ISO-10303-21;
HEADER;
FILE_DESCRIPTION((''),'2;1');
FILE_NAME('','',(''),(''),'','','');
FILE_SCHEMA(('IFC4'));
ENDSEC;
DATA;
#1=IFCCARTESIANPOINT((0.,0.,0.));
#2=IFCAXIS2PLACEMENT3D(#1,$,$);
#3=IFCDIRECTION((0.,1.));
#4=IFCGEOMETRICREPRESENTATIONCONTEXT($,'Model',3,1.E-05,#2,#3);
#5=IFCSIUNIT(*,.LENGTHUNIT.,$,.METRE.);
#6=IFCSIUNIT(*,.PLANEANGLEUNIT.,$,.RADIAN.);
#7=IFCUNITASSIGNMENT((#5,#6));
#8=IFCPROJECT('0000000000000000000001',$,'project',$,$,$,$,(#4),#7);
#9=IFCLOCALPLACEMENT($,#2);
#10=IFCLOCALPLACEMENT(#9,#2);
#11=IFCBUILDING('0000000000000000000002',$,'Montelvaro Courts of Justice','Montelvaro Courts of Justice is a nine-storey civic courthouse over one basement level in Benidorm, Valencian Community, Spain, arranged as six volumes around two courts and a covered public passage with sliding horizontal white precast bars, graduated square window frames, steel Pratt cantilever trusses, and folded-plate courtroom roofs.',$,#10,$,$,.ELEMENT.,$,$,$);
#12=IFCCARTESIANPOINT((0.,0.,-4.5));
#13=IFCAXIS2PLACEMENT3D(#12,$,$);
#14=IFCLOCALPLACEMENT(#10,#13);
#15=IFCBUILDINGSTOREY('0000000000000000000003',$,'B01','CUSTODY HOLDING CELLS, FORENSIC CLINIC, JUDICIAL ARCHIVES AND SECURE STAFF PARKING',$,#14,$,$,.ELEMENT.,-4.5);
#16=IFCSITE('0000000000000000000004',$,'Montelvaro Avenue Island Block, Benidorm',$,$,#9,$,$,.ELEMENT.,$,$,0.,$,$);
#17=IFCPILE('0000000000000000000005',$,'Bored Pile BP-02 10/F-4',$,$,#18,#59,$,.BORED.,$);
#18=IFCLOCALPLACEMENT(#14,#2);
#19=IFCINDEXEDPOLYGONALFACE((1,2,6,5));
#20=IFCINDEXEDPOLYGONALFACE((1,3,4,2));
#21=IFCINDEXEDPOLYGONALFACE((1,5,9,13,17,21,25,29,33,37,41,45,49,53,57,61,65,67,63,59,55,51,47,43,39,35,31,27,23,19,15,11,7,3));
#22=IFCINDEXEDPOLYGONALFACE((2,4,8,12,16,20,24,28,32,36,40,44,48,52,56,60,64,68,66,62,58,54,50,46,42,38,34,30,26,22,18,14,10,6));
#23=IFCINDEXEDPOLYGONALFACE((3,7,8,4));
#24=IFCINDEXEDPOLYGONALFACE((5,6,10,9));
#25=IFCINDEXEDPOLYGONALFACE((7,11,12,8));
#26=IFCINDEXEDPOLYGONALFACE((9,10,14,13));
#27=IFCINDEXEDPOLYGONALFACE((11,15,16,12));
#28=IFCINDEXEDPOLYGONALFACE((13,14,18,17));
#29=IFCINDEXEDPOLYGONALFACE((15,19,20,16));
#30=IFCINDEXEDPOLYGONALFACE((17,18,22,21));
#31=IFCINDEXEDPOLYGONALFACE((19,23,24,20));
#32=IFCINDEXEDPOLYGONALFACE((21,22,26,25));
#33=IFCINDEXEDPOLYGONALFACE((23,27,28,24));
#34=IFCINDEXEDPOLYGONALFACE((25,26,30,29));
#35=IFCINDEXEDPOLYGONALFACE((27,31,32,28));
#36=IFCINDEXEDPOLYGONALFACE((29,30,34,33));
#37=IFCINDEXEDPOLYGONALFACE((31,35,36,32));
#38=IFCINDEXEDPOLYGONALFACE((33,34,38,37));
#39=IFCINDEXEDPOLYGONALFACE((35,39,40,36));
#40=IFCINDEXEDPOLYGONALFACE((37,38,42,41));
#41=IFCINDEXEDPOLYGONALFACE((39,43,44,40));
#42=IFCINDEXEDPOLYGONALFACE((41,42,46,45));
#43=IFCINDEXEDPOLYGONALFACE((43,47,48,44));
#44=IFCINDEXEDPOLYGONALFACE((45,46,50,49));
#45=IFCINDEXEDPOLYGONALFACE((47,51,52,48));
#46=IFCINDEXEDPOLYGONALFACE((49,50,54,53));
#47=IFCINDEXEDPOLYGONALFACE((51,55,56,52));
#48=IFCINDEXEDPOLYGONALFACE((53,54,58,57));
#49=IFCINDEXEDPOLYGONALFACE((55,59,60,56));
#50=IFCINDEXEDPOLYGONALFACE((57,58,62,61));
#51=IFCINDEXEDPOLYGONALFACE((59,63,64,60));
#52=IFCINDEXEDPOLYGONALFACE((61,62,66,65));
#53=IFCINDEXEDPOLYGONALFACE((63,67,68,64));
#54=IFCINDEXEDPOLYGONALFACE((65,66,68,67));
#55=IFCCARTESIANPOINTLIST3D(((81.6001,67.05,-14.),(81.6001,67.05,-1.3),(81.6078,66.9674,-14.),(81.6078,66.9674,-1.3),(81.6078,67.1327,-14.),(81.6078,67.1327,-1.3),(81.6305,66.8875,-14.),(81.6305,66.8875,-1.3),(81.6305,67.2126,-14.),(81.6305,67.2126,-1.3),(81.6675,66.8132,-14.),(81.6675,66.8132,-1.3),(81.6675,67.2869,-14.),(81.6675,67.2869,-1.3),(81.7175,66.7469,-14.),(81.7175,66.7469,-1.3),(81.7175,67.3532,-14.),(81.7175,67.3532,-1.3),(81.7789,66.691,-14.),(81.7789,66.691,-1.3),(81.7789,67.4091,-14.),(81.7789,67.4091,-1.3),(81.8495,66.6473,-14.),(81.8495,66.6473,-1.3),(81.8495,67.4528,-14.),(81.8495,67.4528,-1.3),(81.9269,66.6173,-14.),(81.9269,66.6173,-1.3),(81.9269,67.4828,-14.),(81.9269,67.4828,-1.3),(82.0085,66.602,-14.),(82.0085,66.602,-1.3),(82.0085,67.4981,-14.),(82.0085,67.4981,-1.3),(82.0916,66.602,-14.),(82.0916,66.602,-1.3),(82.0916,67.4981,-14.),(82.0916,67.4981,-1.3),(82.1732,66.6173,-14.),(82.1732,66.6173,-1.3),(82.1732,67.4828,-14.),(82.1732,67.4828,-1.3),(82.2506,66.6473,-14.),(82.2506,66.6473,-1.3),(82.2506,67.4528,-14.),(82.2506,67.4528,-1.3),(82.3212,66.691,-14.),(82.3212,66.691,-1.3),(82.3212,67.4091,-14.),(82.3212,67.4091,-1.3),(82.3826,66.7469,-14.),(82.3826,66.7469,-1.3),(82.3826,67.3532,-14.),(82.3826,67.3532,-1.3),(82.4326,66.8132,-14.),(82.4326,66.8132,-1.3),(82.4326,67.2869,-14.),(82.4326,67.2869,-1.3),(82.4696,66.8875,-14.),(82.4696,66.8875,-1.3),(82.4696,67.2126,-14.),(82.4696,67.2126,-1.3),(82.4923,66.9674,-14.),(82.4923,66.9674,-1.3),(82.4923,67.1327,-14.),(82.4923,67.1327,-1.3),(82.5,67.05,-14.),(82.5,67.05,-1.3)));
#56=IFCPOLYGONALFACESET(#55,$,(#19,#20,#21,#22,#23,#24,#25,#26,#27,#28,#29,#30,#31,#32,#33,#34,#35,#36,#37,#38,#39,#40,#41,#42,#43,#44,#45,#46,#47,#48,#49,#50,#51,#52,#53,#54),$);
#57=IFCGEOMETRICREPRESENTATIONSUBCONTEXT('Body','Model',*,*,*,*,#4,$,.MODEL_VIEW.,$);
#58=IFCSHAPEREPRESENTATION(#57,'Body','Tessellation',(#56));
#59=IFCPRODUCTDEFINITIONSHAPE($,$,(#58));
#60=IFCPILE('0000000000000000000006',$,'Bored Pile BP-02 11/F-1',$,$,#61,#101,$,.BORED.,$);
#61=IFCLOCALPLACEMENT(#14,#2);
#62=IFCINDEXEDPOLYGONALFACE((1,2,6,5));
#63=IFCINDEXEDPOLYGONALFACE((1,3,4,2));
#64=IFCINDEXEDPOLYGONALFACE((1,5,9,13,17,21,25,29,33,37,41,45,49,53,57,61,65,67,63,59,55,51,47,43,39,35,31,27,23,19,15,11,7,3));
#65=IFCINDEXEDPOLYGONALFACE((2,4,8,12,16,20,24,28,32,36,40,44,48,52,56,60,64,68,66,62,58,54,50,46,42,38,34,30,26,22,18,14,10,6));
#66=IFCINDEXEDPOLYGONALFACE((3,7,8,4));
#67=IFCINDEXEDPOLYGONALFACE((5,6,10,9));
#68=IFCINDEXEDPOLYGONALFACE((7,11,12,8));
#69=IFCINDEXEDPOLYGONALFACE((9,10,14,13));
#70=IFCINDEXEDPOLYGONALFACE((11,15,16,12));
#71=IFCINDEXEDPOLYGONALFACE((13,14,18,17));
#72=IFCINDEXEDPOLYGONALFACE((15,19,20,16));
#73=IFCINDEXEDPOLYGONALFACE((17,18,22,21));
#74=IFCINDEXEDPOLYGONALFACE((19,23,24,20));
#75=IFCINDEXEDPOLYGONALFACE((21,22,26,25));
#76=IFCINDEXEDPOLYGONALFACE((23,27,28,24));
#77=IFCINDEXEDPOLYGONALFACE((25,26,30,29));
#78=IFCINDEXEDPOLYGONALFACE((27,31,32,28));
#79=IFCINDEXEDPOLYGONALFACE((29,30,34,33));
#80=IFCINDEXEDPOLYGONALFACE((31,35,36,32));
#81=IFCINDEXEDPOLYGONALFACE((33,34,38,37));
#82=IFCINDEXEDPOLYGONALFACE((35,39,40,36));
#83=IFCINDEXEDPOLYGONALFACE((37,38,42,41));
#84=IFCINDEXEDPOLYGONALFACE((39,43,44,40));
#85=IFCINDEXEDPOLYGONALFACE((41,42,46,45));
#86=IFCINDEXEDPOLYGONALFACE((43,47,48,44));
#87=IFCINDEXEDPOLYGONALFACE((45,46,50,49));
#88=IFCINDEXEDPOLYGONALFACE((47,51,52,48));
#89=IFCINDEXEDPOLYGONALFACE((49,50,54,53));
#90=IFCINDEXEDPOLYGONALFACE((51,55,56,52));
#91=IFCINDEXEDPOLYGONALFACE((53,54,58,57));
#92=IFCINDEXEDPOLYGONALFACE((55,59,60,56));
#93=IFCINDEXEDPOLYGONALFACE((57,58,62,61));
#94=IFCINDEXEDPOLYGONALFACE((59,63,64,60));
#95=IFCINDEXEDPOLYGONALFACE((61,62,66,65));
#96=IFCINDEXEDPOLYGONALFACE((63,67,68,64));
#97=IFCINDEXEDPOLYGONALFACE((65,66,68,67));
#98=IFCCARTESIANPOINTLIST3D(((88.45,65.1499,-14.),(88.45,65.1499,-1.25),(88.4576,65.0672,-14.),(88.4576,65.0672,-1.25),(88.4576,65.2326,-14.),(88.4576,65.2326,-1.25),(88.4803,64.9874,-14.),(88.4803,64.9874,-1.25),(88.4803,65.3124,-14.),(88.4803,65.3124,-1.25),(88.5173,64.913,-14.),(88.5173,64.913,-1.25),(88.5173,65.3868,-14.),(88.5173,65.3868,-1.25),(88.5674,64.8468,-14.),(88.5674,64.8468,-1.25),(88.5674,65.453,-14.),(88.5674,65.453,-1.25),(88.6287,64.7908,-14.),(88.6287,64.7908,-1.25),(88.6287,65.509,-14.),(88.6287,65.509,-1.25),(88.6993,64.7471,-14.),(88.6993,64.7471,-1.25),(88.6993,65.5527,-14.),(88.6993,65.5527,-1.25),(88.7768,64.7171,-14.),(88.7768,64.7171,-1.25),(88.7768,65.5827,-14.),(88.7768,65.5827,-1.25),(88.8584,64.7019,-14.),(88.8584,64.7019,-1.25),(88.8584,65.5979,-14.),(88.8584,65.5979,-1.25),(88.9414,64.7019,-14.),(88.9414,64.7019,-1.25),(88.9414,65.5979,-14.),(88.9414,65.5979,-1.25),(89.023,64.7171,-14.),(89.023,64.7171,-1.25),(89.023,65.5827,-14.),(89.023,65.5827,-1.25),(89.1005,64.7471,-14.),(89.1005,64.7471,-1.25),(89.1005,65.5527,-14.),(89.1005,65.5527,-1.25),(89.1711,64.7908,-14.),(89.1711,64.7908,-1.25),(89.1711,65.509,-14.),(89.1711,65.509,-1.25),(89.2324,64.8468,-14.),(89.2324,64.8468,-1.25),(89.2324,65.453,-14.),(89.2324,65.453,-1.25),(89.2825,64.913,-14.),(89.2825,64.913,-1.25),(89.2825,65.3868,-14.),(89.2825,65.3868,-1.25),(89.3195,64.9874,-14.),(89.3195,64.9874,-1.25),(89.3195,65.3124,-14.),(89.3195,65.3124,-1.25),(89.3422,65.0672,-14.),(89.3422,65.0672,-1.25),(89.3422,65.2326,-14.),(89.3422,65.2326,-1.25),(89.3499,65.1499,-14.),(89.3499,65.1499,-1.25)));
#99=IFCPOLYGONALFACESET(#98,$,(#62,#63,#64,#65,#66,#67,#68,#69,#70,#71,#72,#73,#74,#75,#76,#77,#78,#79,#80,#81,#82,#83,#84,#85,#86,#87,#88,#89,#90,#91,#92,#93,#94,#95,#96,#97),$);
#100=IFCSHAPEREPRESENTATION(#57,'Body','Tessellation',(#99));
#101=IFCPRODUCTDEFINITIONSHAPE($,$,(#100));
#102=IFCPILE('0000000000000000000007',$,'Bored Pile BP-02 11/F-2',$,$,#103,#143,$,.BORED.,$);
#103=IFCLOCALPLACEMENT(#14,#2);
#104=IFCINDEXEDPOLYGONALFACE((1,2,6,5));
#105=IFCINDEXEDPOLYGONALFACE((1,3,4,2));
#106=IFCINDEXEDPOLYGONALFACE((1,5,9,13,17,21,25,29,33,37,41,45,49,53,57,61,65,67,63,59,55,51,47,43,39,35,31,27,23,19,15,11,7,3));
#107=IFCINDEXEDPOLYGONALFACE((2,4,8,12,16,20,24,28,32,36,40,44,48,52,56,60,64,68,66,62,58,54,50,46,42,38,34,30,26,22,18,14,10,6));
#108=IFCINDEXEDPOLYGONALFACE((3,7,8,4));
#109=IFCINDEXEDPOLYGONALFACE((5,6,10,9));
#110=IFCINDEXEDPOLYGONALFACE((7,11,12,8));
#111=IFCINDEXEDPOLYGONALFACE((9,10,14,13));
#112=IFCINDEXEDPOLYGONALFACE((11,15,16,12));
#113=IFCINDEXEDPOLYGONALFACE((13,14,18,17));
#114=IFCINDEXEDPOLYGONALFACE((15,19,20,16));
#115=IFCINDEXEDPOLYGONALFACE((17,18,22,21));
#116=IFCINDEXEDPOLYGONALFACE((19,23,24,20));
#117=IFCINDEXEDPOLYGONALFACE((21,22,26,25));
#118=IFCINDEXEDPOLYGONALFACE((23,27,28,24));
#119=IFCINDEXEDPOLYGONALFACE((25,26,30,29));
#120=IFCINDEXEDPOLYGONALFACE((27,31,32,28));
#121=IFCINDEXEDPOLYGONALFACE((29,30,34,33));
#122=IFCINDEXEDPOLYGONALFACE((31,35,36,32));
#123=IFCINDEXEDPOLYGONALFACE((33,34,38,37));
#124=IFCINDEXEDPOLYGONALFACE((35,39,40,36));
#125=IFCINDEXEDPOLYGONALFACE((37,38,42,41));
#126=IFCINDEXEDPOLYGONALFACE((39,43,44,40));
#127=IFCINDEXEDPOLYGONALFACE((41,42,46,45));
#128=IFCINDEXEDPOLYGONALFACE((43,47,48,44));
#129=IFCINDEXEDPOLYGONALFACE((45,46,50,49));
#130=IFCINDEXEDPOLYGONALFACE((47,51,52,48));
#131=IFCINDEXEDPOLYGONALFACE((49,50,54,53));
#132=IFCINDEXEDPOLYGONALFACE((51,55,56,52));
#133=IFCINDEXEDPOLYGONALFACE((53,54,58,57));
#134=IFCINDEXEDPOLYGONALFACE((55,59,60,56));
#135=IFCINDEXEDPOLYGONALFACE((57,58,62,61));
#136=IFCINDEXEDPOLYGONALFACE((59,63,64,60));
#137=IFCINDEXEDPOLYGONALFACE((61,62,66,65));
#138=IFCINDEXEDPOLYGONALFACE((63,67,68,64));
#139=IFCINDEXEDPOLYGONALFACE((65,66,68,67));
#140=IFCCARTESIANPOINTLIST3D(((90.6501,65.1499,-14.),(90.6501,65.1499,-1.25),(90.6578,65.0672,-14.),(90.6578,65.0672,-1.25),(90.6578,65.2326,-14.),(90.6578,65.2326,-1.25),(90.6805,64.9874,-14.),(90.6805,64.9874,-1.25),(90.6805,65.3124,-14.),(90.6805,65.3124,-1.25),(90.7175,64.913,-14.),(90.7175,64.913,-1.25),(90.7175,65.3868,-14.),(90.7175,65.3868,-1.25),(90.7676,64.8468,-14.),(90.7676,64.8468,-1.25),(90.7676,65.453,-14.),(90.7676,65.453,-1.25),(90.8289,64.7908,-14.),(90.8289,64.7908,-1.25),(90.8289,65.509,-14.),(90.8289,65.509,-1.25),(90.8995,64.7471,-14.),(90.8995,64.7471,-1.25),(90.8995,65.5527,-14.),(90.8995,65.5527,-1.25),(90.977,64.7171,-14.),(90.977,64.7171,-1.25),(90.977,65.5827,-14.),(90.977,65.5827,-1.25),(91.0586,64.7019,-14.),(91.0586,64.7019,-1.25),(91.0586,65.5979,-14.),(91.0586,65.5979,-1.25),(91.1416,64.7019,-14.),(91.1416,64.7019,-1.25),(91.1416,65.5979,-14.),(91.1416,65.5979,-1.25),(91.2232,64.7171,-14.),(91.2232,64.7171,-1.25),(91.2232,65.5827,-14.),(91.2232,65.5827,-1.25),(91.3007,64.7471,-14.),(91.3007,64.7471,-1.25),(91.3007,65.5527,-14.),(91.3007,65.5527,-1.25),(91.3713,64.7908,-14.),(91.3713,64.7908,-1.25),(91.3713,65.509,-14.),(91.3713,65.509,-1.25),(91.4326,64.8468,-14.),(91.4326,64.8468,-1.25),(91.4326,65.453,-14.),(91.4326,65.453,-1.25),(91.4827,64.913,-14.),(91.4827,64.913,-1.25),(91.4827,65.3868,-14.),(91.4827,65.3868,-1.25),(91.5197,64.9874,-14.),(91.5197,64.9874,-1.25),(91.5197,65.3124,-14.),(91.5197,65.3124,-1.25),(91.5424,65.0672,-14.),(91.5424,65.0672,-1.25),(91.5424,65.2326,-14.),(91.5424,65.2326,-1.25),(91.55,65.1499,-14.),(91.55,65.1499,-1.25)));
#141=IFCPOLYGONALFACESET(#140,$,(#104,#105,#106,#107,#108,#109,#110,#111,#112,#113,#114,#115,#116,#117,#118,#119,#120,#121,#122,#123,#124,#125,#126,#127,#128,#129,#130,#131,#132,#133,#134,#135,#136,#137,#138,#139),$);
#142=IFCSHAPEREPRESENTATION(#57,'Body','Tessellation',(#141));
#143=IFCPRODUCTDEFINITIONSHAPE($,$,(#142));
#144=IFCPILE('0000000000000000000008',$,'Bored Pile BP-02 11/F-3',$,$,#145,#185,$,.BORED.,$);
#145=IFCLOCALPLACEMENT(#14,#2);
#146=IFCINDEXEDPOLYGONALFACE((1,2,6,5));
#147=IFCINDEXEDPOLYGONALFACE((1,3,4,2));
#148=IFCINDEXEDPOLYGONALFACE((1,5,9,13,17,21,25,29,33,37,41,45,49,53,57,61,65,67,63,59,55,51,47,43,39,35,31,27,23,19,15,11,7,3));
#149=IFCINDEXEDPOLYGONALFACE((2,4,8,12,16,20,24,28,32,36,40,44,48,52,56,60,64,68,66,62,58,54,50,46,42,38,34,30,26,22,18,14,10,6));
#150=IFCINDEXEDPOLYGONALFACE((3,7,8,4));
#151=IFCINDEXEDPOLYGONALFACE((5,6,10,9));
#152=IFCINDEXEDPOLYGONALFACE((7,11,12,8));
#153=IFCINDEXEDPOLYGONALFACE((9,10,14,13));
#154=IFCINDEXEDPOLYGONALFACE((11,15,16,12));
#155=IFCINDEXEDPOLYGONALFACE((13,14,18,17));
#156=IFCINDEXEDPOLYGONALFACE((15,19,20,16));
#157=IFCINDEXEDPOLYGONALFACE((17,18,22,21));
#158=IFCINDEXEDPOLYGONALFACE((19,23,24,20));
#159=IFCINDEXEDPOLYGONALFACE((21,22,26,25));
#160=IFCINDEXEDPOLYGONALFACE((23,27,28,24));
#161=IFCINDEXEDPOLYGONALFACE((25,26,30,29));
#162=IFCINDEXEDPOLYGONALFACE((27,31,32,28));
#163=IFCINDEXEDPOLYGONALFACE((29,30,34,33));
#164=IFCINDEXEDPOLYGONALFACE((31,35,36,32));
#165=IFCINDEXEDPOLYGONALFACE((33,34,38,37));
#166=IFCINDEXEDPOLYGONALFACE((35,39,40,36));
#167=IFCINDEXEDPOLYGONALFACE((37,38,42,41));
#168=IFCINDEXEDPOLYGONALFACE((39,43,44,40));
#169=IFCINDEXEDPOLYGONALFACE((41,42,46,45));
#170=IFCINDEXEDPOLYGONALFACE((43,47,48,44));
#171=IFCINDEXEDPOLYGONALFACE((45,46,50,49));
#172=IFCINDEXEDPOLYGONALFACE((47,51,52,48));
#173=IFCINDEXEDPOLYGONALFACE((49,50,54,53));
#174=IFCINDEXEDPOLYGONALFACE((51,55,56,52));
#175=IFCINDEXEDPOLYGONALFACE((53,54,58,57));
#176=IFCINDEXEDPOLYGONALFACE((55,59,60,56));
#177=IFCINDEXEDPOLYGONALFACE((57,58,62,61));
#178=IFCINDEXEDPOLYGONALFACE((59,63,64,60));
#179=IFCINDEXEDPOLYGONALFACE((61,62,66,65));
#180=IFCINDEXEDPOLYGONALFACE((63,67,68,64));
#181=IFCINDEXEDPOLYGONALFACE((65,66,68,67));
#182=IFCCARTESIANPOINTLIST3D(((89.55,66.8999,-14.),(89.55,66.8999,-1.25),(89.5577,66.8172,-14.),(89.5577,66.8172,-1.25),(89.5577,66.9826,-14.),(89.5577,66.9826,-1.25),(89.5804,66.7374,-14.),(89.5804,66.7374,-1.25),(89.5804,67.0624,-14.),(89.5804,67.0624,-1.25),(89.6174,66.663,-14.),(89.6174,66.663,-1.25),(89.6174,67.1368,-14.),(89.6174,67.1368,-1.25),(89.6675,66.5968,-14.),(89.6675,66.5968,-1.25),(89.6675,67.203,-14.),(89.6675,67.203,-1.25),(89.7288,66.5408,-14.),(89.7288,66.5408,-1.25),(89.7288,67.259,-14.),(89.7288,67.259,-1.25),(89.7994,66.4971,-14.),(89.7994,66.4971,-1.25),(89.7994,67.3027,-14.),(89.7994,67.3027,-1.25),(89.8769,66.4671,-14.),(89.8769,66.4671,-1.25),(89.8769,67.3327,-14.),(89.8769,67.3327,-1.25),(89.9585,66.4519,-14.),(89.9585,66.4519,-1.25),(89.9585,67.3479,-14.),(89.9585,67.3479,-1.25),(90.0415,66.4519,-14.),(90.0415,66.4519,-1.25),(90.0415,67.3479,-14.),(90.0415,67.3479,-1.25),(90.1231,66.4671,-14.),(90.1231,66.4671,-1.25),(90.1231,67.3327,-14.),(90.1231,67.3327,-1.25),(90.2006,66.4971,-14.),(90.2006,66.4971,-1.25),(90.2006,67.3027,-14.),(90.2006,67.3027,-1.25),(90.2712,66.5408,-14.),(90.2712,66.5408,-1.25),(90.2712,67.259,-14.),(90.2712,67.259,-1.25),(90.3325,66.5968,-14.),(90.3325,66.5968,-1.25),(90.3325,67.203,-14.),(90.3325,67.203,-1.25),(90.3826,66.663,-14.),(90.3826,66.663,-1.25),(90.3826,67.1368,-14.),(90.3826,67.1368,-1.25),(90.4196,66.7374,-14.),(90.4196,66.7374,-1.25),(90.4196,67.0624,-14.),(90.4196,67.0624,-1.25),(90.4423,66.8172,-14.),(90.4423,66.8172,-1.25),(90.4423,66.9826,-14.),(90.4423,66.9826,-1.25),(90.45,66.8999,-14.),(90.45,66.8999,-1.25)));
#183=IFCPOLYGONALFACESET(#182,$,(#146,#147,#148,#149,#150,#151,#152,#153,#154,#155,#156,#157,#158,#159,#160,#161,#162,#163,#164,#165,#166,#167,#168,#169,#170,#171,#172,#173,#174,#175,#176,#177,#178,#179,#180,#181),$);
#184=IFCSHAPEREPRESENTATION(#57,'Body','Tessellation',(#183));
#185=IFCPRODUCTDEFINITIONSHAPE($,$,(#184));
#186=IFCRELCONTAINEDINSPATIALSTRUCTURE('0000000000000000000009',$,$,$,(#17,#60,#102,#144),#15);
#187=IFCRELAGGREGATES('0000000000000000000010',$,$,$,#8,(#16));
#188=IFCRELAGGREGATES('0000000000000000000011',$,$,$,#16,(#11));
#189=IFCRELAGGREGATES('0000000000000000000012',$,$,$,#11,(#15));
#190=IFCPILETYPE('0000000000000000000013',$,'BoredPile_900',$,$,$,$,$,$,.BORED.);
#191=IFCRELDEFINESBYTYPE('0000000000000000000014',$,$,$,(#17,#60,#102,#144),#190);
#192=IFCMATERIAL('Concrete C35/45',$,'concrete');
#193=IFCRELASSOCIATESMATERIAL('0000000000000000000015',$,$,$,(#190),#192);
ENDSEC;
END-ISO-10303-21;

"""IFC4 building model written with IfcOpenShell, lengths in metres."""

from ifc_helpers import new_model, si_unit, direction, frame, origin, origin_2d, place, context, subcontext, project, spatial, circle, extrude, material, material_profile, profile_set, type_object, element, save


model = new_model("IFC4")

# Units and contexts
model_context = context("Model", 3, precision=1e-05, world=origin(), true_north=direction((0.0, 1.0)))
body_context = subcontext(model_context, "Body", "Model", "MODEL_VIEW")
ifc_project = project(units=[si_unit("LENGTHUNIT", "METRE"), si_unit("PLANEANGLEUNIT", "RADIAN")], contexts=[model_context])

# Site, building, storey
site_placement = place(None, origin())
site = spatial("IfcSite", under=ifc_project, at=site_placement, Name="Montelvaro Avenue Island Block, Benidorm", CompositionType="ELEMENT", RefElevation=0.0)
building_placement = place(site_placement, origin())
building = spatial("IfcBuilding", under=site, at=building_placement, Name="Montelvaro Courts of Justice", Description="Montelvaro Courts of Justice is a nine-storey civic courthouse over one basement level in Benidorm, Valencian Community, Spain, arranged as six volumes around two courts and a covered public passage with sliding horizontal white precast bars, graduated square window frames, steel Pratt cantilever trusses, and folded-plate courtroom roofs.", CompositionType="ELEMENT")
storey_placement = place(building_placement, frame((0.0, 0.0, -4.5)))
storey = spatial("IfcBuildingStorey", under=building, at=storey_placement, Name="B01", Description="CUSTODY HOLDING CELLS, FORENSIC CLINIC, JUDICIAL ARCHIVES AND SECURE STAFF PARKING", CompositionType="ELEMENT", Elevation=-4.5)

# Piles
ifc_material_1 = material(Name="Concrete C35/45", Category="concrete")
ifc_material_profile_1 = material_profile(ifc_material_1, circle(Radius=0.45, at=origin_2d()), Name="BORED PILE D900")
ifc_profile_set_1 = profile_set([ifc_material_profile_1], Name="Concrete C35/45")
pile_type_1 = type_object("IfcPileType", Name="BoredPile_900", PredefinedType="BORED", material=ifc_profile_set_1)
for number, where, z_axis, x_axis, name in (
    (1, (82.05, 67.05, -1.3), (0.0, 0.0, -1.0), (1.0, 0.0, 0.0), "Bored Pile BP-02 10/F-4"),
):
    element("IfcPile", number, at=place(storey_placement, frame(where, z_axis=z_axis, x_axis=x_axis)), inside=storey, type_object=pile_type_1, Name=name, PredefinedType="BORED", context=body_context, shape_type="SweptSolid", body=[
        extrude(circle(Radius=0.45, at=origin_2d()), origin(), (0.0, 0.0, 1.0), 12.7),
    ])
for number, where, z_axis, x_axis, name in (
    (2, (88.8999, 65.1499, -1.25), (0.0, 0.0, -1.0), (1.0, 0.0, 0.0), "Bored Pile BP-02 11/F-1"),
    (3, (91.1001, 65.1499, -1.25), (0.0, 0.0, -1.0), (1.0, 0.0, 0.0), "Bored Pile BP-02 11/F-2"),
    (4, (90.0, 66.8999, -1.25), (0.0, 0.0, -1.0), (1.0, 0.0, 0.0), "Bored Pile BP-02 11/F-3"),
):
    element("IfcPile", number, at=place(storey_placement, frame(where, z_axis=z_axis, x_axis=x_axis)), inside=storey, type_object=pile_type_1, Name=name, PredefinedType="BORED", context=body_context, shape_type="SweptSolid", body=[
        extrude(circle(Radius=0.45, at=origin_2d()), origin(), (0.0, 0.0, 1.0), 12.75),
    ])

save(model, "model.ifc")
